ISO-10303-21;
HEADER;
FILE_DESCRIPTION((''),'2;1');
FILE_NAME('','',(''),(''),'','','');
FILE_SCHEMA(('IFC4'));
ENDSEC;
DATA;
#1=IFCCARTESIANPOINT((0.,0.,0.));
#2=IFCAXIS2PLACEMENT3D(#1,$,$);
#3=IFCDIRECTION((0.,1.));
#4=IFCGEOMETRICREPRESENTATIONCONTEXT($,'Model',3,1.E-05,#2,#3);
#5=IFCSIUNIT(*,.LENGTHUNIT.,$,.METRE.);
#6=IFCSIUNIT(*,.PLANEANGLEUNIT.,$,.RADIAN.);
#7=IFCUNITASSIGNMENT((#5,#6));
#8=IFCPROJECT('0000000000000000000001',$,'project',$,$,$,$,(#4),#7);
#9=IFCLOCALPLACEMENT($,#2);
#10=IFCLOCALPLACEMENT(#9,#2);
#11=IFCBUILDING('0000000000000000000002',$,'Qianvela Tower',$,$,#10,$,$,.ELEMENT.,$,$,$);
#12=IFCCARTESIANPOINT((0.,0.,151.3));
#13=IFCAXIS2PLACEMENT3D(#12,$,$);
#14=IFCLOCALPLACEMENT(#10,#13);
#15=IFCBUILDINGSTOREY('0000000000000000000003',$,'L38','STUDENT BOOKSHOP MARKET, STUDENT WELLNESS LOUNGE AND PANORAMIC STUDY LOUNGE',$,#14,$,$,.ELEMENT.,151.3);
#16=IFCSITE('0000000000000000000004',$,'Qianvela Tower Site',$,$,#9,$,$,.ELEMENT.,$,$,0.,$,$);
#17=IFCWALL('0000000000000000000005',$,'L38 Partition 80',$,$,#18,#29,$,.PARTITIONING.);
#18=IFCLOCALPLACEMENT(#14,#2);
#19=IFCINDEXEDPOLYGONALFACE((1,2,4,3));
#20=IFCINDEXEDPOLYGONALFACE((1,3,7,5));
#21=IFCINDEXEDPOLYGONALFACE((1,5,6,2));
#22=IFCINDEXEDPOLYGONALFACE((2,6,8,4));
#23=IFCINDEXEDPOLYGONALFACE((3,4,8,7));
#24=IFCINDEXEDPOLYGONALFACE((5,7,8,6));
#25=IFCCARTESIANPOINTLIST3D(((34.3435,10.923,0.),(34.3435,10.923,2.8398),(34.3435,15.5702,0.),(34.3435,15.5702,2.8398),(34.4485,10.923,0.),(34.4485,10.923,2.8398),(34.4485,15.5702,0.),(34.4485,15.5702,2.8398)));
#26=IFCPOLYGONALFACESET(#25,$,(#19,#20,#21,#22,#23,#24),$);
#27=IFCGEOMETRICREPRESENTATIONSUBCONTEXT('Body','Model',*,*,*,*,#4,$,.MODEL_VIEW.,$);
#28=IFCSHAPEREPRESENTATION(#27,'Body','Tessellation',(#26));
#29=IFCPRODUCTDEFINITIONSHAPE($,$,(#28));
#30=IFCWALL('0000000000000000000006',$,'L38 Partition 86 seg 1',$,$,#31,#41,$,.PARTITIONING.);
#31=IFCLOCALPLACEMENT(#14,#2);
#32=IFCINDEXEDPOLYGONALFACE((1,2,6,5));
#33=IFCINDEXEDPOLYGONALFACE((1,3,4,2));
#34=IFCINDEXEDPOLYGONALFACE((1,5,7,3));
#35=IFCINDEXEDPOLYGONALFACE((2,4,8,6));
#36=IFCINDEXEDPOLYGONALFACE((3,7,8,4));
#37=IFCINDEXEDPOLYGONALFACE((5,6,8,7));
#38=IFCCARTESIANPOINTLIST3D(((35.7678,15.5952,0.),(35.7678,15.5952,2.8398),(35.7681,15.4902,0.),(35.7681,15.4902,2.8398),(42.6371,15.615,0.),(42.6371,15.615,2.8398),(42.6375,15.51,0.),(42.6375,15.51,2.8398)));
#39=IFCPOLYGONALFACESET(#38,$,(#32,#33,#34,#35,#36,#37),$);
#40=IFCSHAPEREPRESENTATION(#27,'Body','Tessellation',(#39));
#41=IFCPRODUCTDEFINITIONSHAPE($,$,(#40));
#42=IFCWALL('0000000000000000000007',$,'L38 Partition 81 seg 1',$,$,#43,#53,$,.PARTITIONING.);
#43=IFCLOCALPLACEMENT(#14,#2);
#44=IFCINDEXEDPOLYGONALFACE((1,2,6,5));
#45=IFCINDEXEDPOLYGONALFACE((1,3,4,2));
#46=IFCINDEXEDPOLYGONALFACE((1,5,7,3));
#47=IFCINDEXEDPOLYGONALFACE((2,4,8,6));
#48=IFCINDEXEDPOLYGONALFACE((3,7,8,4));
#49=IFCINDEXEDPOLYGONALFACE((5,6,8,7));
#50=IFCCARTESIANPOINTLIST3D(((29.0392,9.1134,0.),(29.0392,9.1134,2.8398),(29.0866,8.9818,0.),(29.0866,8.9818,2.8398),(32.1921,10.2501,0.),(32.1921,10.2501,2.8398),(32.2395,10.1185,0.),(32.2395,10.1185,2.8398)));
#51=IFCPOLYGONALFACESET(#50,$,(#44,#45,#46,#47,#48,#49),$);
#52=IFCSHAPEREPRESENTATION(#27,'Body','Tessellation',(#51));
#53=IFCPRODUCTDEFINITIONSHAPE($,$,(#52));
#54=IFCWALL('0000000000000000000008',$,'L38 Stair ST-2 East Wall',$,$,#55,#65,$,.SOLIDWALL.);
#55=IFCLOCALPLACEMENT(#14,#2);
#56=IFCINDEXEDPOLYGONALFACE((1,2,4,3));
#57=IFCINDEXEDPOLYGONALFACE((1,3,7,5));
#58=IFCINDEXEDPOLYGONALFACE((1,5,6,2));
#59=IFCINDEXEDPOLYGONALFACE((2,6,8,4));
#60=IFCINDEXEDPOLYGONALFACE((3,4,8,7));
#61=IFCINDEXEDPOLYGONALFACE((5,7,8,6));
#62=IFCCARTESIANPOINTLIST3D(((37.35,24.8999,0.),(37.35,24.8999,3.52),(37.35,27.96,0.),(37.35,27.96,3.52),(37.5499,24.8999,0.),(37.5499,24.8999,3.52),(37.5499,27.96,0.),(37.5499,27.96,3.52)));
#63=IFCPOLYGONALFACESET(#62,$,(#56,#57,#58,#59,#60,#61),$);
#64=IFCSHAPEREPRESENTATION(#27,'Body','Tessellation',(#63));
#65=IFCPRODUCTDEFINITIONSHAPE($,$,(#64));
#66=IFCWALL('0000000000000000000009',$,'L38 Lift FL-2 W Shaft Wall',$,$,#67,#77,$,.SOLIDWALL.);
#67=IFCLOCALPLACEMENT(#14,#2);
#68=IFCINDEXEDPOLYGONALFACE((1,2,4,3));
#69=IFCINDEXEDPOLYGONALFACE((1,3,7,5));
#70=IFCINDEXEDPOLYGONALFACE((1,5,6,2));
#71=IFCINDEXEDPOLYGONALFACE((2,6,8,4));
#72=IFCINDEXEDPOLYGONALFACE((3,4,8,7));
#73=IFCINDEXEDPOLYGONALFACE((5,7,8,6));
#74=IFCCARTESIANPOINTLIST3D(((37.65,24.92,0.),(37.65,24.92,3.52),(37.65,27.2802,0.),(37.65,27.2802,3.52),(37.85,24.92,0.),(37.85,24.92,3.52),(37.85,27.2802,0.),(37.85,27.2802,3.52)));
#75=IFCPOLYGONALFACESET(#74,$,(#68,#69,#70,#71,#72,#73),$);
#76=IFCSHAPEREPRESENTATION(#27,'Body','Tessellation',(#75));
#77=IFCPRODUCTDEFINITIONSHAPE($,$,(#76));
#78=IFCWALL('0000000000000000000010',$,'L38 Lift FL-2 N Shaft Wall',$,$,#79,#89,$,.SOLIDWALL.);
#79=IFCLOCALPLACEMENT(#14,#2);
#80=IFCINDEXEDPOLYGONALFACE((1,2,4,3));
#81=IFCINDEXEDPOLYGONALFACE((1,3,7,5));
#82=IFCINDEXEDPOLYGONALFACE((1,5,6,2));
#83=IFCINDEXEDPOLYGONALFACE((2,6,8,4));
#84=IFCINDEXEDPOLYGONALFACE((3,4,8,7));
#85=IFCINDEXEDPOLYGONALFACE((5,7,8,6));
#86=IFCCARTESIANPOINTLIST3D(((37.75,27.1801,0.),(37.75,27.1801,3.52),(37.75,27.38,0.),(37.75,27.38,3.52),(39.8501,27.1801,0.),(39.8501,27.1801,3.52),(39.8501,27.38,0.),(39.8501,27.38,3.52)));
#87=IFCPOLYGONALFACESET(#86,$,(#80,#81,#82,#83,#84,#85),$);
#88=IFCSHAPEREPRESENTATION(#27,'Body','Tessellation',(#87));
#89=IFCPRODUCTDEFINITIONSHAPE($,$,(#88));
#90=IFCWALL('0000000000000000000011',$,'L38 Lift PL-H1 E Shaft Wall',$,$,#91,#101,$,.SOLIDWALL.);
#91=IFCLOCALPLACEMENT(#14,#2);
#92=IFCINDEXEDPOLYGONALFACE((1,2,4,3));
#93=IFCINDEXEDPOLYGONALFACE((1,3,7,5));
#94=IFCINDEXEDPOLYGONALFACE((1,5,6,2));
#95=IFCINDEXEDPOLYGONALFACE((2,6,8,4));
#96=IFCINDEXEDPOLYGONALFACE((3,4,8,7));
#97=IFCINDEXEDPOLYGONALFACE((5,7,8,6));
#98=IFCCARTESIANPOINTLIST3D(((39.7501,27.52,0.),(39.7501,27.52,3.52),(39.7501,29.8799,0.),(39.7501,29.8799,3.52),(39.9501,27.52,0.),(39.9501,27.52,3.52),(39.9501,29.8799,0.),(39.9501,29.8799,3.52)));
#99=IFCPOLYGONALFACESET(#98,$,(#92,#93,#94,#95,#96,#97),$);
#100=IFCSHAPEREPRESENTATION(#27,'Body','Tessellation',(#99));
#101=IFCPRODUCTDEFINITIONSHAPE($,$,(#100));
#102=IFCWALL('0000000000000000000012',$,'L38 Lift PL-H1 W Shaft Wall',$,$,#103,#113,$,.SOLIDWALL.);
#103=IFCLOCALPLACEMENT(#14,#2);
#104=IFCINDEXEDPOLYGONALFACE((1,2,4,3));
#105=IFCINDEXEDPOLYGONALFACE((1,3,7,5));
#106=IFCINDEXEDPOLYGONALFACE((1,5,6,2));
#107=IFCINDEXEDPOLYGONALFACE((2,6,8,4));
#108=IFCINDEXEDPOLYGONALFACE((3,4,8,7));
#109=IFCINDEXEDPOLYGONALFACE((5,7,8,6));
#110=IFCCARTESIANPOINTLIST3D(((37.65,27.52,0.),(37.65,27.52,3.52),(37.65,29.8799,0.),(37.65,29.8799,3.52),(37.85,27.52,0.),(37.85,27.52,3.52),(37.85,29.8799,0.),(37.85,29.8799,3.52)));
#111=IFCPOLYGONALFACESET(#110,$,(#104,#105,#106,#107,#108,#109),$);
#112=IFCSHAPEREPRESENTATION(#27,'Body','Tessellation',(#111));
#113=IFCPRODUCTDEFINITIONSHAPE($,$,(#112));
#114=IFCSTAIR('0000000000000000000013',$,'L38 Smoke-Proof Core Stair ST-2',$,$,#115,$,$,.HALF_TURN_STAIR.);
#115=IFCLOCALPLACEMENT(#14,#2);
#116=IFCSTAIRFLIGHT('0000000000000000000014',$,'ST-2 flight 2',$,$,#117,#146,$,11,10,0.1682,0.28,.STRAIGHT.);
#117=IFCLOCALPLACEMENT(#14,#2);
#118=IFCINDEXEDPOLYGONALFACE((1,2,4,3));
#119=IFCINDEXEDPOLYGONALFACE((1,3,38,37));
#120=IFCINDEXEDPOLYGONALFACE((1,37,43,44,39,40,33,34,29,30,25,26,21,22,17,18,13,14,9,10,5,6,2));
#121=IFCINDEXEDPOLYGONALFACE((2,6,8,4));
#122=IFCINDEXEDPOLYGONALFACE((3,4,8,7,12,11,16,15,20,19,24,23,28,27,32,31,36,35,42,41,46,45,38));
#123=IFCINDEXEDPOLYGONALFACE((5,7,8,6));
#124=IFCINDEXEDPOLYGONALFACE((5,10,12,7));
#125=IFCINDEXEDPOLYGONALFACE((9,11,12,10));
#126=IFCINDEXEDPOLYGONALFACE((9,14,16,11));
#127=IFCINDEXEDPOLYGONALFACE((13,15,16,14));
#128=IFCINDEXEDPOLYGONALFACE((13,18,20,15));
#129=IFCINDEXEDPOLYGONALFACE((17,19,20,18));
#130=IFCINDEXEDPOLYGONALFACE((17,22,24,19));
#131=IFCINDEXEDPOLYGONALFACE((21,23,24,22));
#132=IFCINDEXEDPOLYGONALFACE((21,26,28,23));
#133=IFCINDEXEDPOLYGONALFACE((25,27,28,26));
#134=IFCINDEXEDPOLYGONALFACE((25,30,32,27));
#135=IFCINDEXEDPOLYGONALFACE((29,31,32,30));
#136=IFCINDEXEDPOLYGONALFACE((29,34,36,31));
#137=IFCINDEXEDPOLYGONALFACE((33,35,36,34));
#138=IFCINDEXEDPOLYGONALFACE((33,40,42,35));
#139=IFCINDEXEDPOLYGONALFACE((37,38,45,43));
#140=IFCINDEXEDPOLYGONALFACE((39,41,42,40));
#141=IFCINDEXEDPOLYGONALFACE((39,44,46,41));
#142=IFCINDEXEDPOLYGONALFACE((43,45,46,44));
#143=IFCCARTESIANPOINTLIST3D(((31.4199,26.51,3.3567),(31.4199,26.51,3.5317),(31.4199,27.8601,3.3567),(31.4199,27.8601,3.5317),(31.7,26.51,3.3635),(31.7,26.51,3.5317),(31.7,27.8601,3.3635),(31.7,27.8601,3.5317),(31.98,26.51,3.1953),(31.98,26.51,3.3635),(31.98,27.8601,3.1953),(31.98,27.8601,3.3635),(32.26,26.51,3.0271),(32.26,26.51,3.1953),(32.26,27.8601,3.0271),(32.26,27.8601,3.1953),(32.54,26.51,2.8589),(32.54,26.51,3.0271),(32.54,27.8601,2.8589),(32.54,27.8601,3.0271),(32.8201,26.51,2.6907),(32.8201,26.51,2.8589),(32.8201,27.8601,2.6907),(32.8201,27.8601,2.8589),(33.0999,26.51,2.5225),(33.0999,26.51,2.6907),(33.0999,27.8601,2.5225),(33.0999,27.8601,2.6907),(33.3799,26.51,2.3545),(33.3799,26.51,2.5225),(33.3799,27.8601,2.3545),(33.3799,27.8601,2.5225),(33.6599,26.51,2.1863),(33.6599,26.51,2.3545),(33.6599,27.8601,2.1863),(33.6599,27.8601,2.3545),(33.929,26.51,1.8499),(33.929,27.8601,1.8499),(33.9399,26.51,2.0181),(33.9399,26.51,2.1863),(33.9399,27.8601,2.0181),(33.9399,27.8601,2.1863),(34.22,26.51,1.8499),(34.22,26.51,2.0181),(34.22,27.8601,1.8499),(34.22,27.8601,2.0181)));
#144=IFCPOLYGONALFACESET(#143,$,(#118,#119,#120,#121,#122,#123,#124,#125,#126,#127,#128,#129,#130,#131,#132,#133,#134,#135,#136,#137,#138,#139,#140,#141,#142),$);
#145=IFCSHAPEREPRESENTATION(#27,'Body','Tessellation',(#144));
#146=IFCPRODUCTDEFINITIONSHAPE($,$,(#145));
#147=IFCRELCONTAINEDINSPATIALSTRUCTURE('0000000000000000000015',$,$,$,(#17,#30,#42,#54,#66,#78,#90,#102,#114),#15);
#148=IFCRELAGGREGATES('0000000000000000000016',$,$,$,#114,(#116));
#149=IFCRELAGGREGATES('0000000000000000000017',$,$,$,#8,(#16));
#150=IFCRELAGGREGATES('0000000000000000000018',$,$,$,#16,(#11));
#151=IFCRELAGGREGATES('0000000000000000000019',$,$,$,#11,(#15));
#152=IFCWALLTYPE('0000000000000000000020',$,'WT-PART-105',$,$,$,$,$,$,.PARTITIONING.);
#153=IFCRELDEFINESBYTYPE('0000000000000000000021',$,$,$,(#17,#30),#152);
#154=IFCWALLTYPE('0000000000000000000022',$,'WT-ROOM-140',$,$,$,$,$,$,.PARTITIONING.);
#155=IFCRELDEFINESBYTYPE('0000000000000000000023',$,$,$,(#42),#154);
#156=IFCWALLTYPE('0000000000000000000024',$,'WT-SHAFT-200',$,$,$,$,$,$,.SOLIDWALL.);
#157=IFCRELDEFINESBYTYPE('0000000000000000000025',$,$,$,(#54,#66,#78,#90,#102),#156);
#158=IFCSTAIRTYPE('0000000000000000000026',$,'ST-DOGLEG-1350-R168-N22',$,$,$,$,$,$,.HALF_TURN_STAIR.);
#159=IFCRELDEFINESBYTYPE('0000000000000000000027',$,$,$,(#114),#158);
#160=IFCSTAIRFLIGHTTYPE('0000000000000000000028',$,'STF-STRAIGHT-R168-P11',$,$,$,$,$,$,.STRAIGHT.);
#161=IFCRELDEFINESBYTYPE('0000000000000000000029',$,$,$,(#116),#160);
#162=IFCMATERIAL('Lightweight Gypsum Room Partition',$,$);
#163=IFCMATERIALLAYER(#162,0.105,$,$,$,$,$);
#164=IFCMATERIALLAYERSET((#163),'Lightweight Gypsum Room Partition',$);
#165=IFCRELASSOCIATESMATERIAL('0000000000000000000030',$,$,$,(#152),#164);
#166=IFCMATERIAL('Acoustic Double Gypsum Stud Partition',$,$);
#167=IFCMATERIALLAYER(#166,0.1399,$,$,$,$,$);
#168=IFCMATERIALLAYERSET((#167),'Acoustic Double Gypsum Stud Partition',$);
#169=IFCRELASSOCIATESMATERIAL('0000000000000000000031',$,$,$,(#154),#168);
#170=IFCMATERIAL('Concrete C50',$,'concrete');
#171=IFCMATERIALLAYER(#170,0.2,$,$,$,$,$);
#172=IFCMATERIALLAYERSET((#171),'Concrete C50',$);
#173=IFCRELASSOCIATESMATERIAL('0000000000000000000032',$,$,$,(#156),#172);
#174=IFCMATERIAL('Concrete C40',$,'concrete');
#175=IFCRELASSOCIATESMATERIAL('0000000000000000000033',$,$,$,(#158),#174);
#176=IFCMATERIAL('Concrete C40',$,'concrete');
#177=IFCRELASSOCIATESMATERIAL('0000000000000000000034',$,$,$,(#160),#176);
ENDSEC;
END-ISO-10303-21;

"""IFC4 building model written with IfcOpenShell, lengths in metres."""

from ifc_helpers import new_model, si_unit, direction, frame, frame_2d, origin, place, context, subcontext, project, spatial, polyline, rectangle, outline, extrude, material, layer, layer_set, type_object, element, aggregate, save


model = new_model("IFC4")

# Units and contexts
model_context = context("Model", 3, precision=1e-05, world=origin(), true_north=direction((0.0, 1.0)))
body_context = subcontext(model_context, "Body", "Model", "MODEL_VIEW")
ifc_project = project(units=[si_unit("LENGTHUNIT", "METRE"), si_unit("PLANEANGLEUNIT", "RADIAN")], contexts=[model_context])

# Site, building, storey
site_placement = place(None, origin())
site = spatial("IfcSite", under=ifc_project, at=site_placement, Name="Qianvela Tower Site", CompositionType="ELEMENT", RefElevation=0.0)
building_placement = place(site_placement, origin())
building = spatial("IfcBuilding", under=site, at=building_placement, Name="Qianvela Tower", CompositionType="ELEMENT")
storey_placement = place(building_placement, frame((0.0, 0.0, 151.3)))
storey = spatial("IfcBuildingStorey", under=building, at=storey_placement, Name="L38", Description="STUDENT BOOKSHOP MARKET, STUDENT WELLNESS LOUNGE AND PANORAMIC STUDY LOUNGE", CompositionType="ELEMENT", Elevation=151.3)

# Walls
ifc_material_1 = material(Name="Lightweight Gypsum Room Partition")
ifc_layer_1 = layer(ifc_material_1, 0.105)
ifc_layer_set_1 = layer_set([ifc_layer_1], Name="Lightweight Gypsum Room Partition")
wall_type_1 = type_object("IfcWallType", Name="WT-PART-105", PredefinedType="PARTITIONING", material=ifc_layer_set_1)
wall_1_placement = place(storey_placement, frame((34.396, 15.5703, 0.0), z_axis=(0.0, 0.0, 1.0), x_axis=(0.0, -1.0, 0.0)))
element("IfcWall", 1, at=wall_1_placement, inside=storey, type_object=wall_type_1, Name="L38 Partition 80", PredefinedType="PARTITIONING", context=body_context, shape_type="SweptSolid", body=[
    extrude(rectangle(XDim=4.6472, YDim=0.105, at=frame_2d((2.3237, 0.0))), origin(), (0.0, 0.0, 1.0), 2.8398),
])
wall_2_placement = place(storey_placement, frame((35.7681, 15.5427, 0.0), z_axis=(0.0, 0.0, 1.0), x_axis=(0.999996, 0.002879, 0.0)))
element("IfcWall", 2, at=wall_2_placement, inside=storey, type_object=wall_type_1, Name="L38 Partition 86 seg 1", PredefinedType="PARTITIONING", context=body_context, shape_type="SweptSolid", body=[
    extrude(rectangle(XDim=6.8694, YDim=0.105, at=frame_2d((3.4346, 0.0))), origin(), (0.0, 0.0, 1.0), 2.8398),
])
ifc_material_2 = material(Name="Acoustic Double Gypsum Stud Partition")
ifc_layer_2 = layer(ifc_material_2, 0.1399)
ifc_layer_set_2 = layer_set([ifc_layer_2], Name="Acoustic Double Gypsum Stud Partition")
wall_type_2 = type_object("IfcWallType", Name="WT-ROOM-140", PredefinedType="PARTITIONING", material=ifc_layer_set_2)
wall_3_placement = place(storey_placement, frame((32.2158, 10.1843, 0.0), z_axis=(0.0, 0.0, 1.0), x_axis=(-0.940726, -0.339168, 0.0)))
element("IfcWall", 3, at=wall_3_placement, inside=storey, type_object=wall_type_2, Name="L38 Partition 81 seg 1", PredefinedType="PARTITIONING", context=body_context, shape_type="SweptSolid", body=[
    extrude(rectangle(XDim=3.3516, YDim=0.1399, at=frame_2d((1.6758, 0.0))), origin(), (0.0, 0.0, 1.0), 2.8398),
])
ifc_material_3 = material(Name="Concrete C50", Category="concrete")
ifc_layer_3 = layer(ifc_material_3, 0.2)
ifc_layer_set_3 = layer_set([ifc_layer_3], Name="Concrete C50")
wall_type_3 = type_object("IfcWallType", Name="WT-SHAFT-200", PredefinedType="SOLIDWALL", material=ifc_layer_set_3)
wall_4_placement = place(storey_placement, frame((37.45, 24.8999, 0.0), z_axis=(0.0, 0.0, 1.0), x_axis=(0.0, 1.0, 0.0)))
element("IfcWall", 4, at=wall_4_placement, inside=storey, type_object=wall_type_3, Name="L38 Stair ST-2 East Wall", PredefinedType="SOLIDWALL", context=body_context, shape_type="SweptSolid", body=[
    extrude(rectangle(XDim=3.0601, YDim=0.2, at=frame_2d((1.53, 0.0))), origin(), (0.0, 0.0, 1.0), 3.52),
])

# Walls
wall_5_placement = place(storey_placement, frame((37.75, 24.9199, 0.0), z_axis=(0.0, 0.0, 1.0), x_axis=(0.0, 1.0, 0.0)))
element("IfcWall", 5, at=wall_5_placement, inside=storey, type_object=wall_type_3, Name="L38 Lift FL-2 W Shaft Wall", PredefinedType="SOLIDWALL", context=body_context, shape_type="SweptSolid", body=[
    extrude(rectangle(XDim=2.3601, YDim=0.2, at=frame_2d((1.1802, 0.0))), origin(), (0.0, 0.0, 1.0), 3.52),
])
wall_6_placement = place(storey_placement, frame((37.75, 27.28, 0.0), z_axis=(0.0, 0.0, 1.0), x_axis=(1.0, 0.0, 0.0)))
element("IfcWall", 6, at=wall_6_placement, inside=storey, type_object=wall_type_3, Name="L38 Lift FL-2 N Shaft Wall", PredefinedType="SOLIDWALL", context=body_context, shape_type="SweptSolid", body=[
    extrude(rectangle(XDim=2.1001, YDim=0.2, at=frame_2d((1.05, 0.0))), origin(), (0.0, 0.0, 1.0), 3.52),
])
for number, where, z_axis, x_axis, name in (
    (7, (39.8501, 27.52, 0.0), (0.0, 0.0, 1.0), (0.0, 1.0, 0.0), "L38 Lift PL-H1 E Shaft Wall"),
    (8, (37.75, 27.52, 0.0), (0.0, 0.0, 1.0), (0.0, 1.0, 0.0), "L38 Lift PL-H1 W Shaft Wall"),
):
    element("IfcWall", number, at=place(storey_placement, frame(where, z_axis=z_axis, x_axis=x_axis)), inside=storey, type_object=wall_type_3, Name=name, PredefinedType="SOLIDWALL", context=body_context, shape_type="SweptSolid", body=[
        extrude(rectangle(XDim=2.3599, YDim=0.2, at=frame_2d((1.1799, 0.0))), origin(), (0.0, 0.0, 1.0), 3.52),
    ])

# Stair, stair flight
ifc_material_4 = material(Name="Concrete C40", Category="concrete")
stair_type = type_object("IfcStairType", Name="ST-DOGLEG-1350-R168-N22", PredefinedType="HALF_TURN_STAIR", material=ifc_material_4)
stair_placement = place(storey_placement, origin())
stair = element("IfcStair", 9, at=stair_placement, inside=storey, type_object=stair_type, Name="L38 Smoke-Proof Core Stair ST-2", PredefinedType="HALF_TURN_STAIR")
ifc_material_5 = material(Name="Concrete C40", Category="concrete")
stair_flight_type = type_object("IfcStairFlightType", Name="STF-STRAIGHT-R168-P11", PredefinedType="STRAIGHT", material=ifc_material_5)
stair_flight_placement = place(storey_placement, frame((34.22, 27.1851, 1.8499), z_axis=(0.0, 0.0, 1.0), x_axis=(-1.0, 0.0, 0.0)))
stair_flight = element("IfcStairFlight", 10, at=stair_flight_placement, type_object=stair_flight_type, Name="ST-2 flight 2", NumberOfRisers=11, NumberOfTreads=10, PredefinedType="STRAIGHT", RiserHeight=0.1682, TreadLength=0.28, context=body_context, shape_type="SweptSolid", body=[
    extrude(outline(polyline([(0.0, 0.0), (0.0, 0.1682), (0.28, 0.1682), (0.28, 0.3364), (0.5601, 0.3364), (0.5601, 0.5046), (0.8401, 0.5046), (0.8401, 0.6726), (1.1201, 0.6726), (1.1201, 0.8408), (1.3999, 0.8408), (1.3999, 1.009), (1.6799, 1.009), (1.6799, 1.1772), (1.96, 1.1772), (1.96, 1.3455), (2.24, 1.3455), (2.24, 1.5137), (2.52, 1.5137), (2.52, 1.6819), (2.8, 1.6819), (2.8, 1.8501), (2.8, 1.5068), (0.291, 0.0), (0.0, 0.0)])), frame((0.0, 0.675, 0.0), z_axis=(0.0, -1.0, 0.0), x_axis=(1.0, 0.0, 0.0)), (0.0, 0.0, 1.0), 1.3501),
])
aggregate(stair, [stair_flight])

save(model, "model.ifc")
